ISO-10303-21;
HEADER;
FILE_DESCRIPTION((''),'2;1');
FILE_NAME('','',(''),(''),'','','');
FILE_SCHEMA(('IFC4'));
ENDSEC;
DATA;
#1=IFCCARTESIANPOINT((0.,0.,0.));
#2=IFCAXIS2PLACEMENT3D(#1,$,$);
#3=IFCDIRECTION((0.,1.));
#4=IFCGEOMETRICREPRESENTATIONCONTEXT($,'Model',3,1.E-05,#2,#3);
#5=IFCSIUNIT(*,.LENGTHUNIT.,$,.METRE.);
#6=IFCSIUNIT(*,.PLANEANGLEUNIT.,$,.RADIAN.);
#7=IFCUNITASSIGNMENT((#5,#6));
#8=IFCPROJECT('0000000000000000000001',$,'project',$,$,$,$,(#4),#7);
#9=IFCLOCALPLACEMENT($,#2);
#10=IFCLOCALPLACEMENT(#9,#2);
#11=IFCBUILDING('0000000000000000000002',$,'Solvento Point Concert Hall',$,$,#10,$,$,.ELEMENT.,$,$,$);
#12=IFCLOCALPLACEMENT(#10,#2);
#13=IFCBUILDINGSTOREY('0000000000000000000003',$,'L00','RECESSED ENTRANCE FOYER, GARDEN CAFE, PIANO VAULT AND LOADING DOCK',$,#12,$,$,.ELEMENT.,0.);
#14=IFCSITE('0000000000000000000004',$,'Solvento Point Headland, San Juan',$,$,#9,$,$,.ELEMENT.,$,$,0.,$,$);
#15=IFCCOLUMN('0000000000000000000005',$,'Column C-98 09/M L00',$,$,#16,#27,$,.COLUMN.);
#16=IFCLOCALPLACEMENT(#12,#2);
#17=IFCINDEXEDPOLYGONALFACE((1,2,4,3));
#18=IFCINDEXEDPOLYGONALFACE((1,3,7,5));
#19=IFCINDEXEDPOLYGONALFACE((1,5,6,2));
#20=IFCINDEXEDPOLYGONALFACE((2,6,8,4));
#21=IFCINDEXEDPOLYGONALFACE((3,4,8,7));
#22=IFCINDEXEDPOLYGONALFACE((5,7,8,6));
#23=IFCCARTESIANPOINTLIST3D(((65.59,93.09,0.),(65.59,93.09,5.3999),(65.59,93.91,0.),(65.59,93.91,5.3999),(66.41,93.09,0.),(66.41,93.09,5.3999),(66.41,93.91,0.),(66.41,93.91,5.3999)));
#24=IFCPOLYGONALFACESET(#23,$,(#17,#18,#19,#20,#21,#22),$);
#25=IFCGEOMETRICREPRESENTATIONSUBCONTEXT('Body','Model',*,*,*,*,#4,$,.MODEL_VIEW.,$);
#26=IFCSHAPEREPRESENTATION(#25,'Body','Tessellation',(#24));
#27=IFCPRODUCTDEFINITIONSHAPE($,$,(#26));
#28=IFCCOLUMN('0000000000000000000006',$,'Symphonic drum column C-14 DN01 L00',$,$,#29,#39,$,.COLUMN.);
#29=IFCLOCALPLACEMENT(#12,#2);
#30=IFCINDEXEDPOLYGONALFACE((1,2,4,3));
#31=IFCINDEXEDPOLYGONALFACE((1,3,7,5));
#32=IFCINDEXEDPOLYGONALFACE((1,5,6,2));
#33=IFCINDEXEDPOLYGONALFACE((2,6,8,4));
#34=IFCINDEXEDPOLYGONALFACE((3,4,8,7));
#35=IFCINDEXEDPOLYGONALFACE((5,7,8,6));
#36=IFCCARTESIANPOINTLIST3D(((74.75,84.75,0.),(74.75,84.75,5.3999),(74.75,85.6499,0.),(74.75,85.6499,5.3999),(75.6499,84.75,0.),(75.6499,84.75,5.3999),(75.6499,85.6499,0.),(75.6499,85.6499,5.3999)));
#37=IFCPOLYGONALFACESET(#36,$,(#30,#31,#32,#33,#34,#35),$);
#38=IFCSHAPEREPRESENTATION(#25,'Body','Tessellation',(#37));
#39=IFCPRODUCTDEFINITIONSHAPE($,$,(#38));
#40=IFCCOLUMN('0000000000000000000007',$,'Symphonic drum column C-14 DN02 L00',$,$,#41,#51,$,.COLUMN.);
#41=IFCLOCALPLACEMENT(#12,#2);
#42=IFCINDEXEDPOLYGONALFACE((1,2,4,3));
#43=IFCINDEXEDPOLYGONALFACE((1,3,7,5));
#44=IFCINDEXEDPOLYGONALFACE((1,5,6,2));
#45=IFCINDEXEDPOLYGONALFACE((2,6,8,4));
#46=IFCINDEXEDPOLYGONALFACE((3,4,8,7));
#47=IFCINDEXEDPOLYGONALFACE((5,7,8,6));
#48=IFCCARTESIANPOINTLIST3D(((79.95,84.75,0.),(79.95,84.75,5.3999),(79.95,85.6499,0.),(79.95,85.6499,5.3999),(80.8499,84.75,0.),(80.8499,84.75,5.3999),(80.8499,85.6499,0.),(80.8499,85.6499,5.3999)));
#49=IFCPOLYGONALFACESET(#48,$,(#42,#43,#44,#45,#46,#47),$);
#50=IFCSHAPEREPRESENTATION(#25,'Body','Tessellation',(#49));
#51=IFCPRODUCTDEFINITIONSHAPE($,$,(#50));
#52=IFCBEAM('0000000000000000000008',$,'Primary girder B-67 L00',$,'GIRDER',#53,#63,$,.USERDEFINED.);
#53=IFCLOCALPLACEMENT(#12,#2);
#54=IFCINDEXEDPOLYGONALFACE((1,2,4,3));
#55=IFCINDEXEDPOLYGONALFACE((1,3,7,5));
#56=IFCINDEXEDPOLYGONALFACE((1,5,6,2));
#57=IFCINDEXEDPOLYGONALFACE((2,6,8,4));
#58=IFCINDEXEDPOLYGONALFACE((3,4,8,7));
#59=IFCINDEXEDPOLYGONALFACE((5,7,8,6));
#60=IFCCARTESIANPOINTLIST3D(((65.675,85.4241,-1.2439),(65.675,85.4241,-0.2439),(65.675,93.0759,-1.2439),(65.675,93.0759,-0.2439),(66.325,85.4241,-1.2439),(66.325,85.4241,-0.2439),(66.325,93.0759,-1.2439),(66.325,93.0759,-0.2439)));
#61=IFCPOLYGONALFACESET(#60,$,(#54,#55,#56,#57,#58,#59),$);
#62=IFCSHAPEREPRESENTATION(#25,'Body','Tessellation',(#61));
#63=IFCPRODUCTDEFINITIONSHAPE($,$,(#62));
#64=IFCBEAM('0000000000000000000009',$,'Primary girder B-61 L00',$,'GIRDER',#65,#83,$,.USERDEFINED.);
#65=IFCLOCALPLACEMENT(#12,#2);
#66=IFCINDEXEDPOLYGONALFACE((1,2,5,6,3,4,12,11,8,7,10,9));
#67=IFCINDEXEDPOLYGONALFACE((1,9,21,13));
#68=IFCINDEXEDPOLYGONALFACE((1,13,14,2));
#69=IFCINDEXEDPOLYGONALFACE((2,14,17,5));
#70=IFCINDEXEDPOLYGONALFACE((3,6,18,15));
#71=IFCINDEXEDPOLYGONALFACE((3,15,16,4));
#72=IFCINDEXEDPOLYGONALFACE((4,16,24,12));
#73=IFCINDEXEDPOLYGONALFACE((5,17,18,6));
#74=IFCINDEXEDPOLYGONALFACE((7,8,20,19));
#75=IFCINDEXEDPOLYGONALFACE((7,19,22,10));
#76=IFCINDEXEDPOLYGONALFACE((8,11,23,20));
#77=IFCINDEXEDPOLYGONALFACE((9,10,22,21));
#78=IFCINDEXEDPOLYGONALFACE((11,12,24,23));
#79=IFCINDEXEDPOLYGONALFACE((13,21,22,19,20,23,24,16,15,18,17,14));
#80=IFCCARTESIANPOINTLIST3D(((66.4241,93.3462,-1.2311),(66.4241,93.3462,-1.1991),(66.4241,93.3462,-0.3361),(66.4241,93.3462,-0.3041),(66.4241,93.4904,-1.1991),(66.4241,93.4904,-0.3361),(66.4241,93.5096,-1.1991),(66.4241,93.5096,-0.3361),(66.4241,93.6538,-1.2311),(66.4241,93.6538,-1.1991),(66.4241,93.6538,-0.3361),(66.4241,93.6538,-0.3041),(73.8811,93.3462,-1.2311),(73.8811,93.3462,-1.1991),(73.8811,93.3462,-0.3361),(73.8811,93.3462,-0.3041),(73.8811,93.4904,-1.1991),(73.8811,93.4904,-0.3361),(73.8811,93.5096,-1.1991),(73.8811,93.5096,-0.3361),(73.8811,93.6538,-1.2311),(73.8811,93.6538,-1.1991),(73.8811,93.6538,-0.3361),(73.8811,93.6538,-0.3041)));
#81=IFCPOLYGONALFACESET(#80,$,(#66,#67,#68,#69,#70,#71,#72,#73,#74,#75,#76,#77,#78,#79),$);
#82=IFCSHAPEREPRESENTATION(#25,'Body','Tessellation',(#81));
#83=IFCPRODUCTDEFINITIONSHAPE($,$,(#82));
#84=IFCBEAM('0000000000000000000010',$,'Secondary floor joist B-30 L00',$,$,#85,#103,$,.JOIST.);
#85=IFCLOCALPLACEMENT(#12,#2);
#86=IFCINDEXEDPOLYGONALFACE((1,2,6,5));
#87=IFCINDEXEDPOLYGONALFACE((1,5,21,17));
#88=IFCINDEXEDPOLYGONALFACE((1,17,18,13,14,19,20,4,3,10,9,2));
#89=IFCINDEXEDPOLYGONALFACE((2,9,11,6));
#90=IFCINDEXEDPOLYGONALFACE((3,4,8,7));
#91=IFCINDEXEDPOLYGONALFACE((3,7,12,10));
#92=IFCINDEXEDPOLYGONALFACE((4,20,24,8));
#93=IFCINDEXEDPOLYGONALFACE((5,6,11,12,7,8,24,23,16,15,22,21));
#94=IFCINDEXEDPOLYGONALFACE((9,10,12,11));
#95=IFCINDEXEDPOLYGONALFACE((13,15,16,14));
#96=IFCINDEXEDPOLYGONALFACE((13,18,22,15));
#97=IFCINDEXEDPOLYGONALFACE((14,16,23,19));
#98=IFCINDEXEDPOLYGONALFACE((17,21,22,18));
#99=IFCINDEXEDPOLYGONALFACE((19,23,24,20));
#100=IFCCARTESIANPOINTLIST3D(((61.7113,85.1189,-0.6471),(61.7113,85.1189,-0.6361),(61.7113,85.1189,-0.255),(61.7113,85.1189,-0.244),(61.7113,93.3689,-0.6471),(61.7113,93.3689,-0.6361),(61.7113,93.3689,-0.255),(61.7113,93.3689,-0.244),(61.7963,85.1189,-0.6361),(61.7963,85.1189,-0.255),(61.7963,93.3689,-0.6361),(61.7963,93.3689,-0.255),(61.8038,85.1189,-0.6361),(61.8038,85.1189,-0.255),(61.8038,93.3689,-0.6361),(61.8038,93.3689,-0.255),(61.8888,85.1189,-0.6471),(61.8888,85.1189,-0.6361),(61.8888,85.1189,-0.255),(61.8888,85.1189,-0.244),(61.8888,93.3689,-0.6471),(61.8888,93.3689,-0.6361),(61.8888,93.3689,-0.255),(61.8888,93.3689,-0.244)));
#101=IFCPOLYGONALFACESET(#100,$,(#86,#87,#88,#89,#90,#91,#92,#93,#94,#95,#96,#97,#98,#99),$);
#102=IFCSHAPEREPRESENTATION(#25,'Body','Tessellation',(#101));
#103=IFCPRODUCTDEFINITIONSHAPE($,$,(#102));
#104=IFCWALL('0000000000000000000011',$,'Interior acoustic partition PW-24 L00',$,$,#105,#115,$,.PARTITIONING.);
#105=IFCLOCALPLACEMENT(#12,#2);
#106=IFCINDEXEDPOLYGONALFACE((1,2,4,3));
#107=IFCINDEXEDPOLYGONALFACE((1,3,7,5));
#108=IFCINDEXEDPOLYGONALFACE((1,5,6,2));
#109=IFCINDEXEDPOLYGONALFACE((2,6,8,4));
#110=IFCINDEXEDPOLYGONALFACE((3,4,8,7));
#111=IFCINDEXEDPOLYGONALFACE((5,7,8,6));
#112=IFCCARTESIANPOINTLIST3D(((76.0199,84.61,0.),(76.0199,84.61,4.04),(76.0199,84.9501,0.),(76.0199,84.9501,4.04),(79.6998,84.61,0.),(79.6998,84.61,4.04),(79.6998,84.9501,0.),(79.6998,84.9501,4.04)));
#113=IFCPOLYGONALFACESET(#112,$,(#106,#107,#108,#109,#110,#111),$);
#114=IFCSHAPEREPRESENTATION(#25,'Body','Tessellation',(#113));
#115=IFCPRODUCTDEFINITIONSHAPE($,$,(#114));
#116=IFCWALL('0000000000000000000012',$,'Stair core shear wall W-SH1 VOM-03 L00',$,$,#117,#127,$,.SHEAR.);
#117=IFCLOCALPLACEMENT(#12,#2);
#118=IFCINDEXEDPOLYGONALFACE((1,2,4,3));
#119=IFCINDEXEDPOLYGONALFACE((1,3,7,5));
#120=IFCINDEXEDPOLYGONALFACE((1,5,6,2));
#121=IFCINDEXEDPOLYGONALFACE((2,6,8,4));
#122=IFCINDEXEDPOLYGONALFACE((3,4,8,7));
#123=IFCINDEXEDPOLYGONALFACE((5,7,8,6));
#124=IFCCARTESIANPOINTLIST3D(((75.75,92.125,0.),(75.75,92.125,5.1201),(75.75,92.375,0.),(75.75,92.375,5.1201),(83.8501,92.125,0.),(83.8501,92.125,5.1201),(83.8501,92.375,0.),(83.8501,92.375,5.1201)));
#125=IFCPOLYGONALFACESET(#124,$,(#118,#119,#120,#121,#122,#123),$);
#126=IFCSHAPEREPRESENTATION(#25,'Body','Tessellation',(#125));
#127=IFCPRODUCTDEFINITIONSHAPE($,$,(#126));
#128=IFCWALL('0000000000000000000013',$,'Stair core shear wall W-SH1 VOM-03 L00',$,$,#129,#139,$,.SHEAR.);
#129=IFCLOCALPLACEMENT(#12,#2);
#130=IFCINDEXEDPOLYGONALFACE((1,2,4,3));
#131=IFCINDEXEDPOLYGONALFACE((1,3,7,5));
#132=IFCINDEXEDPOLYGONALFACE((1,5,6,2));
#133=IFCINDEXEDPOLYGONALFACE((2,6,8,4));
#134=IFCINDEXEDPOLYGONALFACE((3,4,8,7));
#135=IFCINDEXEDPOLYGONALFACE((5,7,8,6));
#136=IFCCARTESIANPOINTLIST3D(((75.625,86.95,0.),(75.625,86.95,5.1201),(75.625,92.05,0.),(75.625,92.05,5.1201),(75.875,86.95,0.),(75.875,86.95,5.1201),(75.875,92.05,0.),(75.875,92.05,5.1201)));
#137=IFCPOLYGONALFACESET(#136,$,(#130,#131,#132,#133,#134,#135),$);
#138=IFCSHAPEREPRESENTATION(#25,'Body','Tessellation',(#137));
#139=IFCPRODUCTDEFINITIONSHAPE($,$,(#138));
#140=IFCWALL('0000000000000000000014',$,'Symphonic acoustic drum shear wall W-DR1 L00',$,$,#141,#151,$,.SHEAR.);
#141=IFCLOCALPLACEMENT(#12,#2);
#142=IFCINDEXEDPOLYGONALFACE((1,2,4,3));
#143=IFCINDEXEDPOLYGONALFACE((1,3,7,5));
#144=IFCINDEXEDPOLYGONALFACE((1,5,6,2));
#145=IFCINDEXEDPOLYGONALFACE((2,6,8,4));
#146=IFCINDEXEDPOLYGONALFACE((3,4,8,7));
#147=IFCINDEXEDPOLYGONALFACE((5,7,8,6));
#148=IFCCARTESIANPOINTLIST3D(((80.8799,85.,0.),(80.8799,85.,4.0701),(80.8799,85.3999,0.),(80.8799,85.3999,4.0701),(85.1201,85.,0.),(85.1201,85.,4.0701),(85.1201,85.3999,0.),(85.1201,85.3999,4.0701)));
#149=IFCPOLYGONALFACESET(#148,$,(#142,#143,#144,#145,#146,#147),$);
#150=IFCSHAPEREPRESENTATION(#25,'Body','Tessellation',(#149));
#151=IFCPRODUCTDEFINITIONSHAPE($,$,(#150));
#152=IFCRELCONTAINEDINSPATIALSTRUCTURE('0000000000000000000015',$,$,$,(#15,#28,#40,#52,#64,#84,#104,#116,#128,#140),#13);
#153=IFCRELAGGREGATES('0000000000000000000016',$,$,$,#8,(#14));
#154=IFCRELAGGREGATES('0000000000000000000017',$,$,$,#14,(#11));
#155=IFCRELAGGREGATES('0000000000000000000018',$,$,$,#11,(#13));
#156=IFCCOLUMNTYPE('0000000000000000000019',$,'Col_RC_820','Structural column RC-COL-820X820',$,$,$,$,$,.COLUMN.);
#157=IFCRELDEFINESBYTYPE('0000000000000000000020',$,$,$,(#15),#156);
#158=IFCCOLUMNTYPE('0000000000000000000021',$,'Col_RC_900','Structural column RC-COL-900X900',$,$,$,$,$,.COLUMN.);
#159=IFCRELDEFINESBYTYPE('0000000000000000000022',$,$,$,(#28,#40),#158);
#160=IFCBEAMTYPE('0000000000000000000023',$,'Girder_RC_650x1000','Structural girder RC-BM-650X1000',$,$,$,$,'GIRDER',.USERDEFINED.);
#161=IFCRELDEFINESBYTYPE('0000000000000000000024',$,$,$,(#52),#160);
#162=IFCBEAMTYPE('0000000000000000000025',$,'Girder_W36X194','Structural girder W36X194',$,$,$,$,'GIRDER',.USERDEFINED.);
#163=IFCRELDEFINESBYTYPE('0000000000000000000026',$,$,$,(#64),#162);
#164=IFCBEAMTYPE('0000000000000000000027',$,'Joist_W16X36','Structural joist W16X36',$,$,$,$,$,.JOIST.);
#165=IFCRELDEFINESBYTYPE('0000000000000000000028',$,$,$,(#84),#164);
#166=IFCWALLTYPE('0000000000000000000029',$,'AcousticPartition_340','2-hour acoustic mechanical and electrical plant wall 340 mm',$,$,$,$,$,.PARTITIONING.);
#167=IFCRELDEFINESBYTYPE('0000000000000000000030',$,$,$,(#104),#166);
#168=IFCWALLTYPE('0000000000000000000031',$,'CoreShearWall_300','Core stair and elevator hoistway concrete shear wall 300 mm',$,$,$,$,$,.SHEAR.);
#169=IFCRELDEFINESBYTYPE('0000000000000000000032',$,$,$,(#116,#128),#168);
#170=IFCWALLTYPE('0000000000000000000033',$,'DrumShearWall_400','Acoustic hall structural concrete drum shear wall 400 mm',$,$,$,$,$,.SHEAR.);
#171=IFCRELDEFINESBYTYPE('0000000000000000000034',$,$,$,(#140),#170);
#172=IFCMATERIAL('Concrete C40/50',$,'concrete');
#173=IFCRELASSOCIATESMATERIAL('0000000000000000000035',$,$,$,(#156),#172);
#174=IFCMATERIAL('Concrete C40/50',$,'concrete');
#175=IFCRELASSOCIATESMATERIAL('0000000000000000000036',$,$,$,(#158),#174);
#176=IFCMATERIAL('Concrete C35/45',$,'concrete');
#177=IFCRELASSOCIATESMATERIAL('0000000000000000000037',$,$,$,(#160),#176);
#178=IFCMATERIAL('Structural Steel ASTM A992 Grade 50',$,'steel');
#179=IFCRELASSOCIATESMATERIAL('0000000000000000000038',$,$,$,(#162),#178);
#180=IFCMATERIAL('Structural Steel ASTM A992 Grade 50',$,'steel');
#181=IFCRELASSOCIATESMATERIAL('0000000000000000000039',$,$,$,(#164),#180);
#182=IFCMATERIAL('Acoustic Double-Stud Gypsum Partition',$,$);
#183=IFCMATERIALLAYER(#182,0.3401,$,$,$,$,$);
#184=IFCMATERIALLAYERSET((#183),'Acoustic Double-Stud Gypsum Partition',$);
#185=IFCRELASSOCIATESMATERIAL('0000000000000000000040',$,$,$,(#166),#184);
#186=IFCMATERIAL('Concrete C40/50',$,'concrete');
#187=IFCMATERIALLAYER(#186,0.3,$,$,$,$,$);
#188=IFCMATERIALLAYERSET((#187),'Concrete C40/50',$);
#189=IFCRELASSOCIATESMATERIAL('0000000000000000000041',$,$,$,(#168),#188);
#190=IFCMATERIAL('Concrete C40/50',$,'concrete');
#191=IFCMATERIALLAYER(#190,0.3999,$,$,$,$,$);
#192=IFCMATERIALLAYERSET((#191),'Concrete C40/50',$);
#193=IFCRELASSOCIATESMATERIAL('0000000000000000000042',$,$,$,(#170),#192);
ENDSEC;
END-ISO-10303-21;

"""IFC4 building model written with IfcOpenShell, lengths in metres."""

from ifc_helpers import new_model, si_unit, direction, frame, frame_2d, origin, origin_2d, place, context, subcontext, project, spatial, rectangle, i_section, extrude, material, layer, layer_set, material_profile, profile_set, type_object, element, save


model = new_model("IFC4")

# Units and contexts
model_context = context("Model", 3, precision=1e-05, world=origin(), true_north=direction((0.0, 1.0)))
body_context = subcontext(model_context, "Body", "Model", "MODEL_VIEW")
ifc_project = project(units=[si_unit("LENGTHUNIT", "METRE"), si_unit("PLANEANGLEUNIT", "RADIAN")], contexts=[model_context])

# Site, building, storey
site_placement = place(None, origin())
site = spatial("IfcSite", under=ifc_project, at=site_placement, Name="Solvento Point Headland, San Juan", CompositionType="ELEMENT", RefElevation=0.0)
building_placement = place(site_placement, origin())
building = spatial("IfcBuilding", under=site, at=building_placement, Name="Solvento Point Concert Hall", CompositionType="ELEMENT")
storey_placement = place(building_placement, origin())
storey = spatial("IfcBuildingStorey", under=building, at=storey_placement, Name="L00", Description="RECESSED ENTRANCE FOYER, GARDEN CAFE, PIANO VAULT AND LOADING DOCK", CompositionType="ELEMENT", Elevation=0.0)

# Columns
ifc_material_1 = material(Name="Concrete C40/50", Category="concrete")
ifc_material_profile_1 = material_profile(ifc_material_1, rectangle(XDim=0.8201, YDim=0.8201, at=origin_2d()), Name="RC-COL-820X820")
ifc_profile_set_1 = profile_set([ifc_material_profile_1], Name="Concrete C40/50")
column_type_1 = type_object("IfcColumnType", Name="Col_RC_820", Description="Structural column RC-COL-820X820", PredefinedType="COLUMN", material=ifc_profile_set_1)
column_placement = place(storey_placement, frame((66.0, 93.5, 0.0), z_axis=(0.0, 0.0, 1.0), x_axis=(1.0, 0.0, 0.0)))
element("IfcColumn", 1, at=column_placement, inside=storey, type_object=column_type_1, Name="Column C-98 09/M L00", PredefinedType="COLUMN", context=body_context, shape_type="SweptSolid", body=[
    extrude(rectangle(XDim=0.8201, YDim=0.8201, at=origin_2d()), origin(), (0.0, 0.0, 1.0), 5.3999),
])
ifc_material_2 = material(Name="Concrete C40/50", Category="concrete")
ifc_material_profile_2 = material_profile(ifc_material_2, rectangle(XDim=0.8999, YDim=0.8999, at=origin_2d()), Name="RC-COL-900X900")
ifc_profile_set_2 = profile_set([ifc_material_profile_2], Name="Concrete C40/50")
column_type_2 = type_object("IfcColumnType", Name="Col_RC_900", Description="Structural column RC-COL-900X900", PredefinedType="COLUMN", material=ifc_profile_set_2)
for number, where, z_axis, x_axis, name in (
    (2, (75.2, 85.2, 0.0), (0.0, 0.0, 1.0), (1.0, 0.0, 0.0), "Symphonic drum column C-14 DN01 L00"),
    (3, (80.3999, 85.2, 0.0), (0.0, 0.0, 1.0), (1.0, 0.0, 0.0), "Symphonic drum column C-14 DN02 L00"),
):
    element("IfcColumn", number, at=place(storey_placement, frame(where, z_axis=z_axis, x_axis=x_axis)), inside=storey, type_object=column_type_2, Name=name, PredefinedType="COLUMN", context=body_context, shape_type="SweptSolid", body=[
        extrude(rectangle(XDim=0.8999, YDim=0.8999, at=origin_2d()), origin(), (0.0, 0.0, 1.0), 5.3999),
    ])

# Beams
ifc_material_3 = material(Name="Concrete C35/45", Category="concrete")
ifc_material_profile_3 = material_profile(ifc_material_3, rectangle(XDim=0.6499, YDim=1.0, at=origin_2d()), Name="RC-BM-650X1000")
ifc_profile_set_3 = profile_set([ifc_material_profile_3], Name="Concrete C35/45")
beam_type_1 = type_object("IfcBeamType", Name="Girder_RC_650x1000", Description="Structural girder RC-BM-650X1000", ElementType="GIRDER", PredefinedType="USERDEFINED", material=ifc_profile_set_3)
beam_1_placement = place(storey_placement, frame((66.0, 85.4241, -0.7439), z_axis=(0.0, 1.0, 0.0), x_axis=(-1.0, 0.0, 0.0)))
element("IfcBeam", 4, at=beam_1_placement, inside=storey, type_object=beam_type_1, Name="Primary girder B-67 L00", ObjectType="GIRDER", PredefinedType="USERDEFINED", context=body_context, shape_type="SweptSolid", body=[
    extrude(rectangle(XDim=0.6499, YDim=1.0, at=origin_2d()), origin(), (0.0, 0.0, 1.0), 7.6519),
])
ifc_material_4 = material(Name="Structural Steel ASTM A992 Grade 50", Category="steel")
ifc_material_profile_4 = material_profile(ifc_material_4, i_section(OverallWidth=0.3076, OverallDepth=0.927, WebThickness=0.0193, FlangeThickness=0.032, at=origin_2d()), Name="W36X194")
ifc_profile_set_4 = profile_set([ifc_material_profile_4], Name="Structural Steel ASTM A992 Grade 50")
beam_type_2 = type_object("IfcBeamType", Name="Girder_W36X194", Description="Structural girder W36X194", ElementType="GIRDER", PredefinedType="USERDEFINED", material=ifc_profile_set_4)
beam_2_placement = place(storey_placement, frame((66.4241, 93.5, -0.7676), z_axis=(1.0, 0.0, 0.0), x_axis=(0.0, 1.0, 0.0)))
element("IfcBeam", 5, at=beam_2_placement, inside=storey, type_object=beam_type_2, Name="Primary girder B-61 L00", ObjectType="GIRDER", PredefinedType="USERDEFINED", context=body_context, shape_type="SweptSolid", body=[
    extrude(i_section(OverallWidth=0.3076, OverallDepth=0.927, WebThickness=0.0193, FlangeThickness=0.032, at=origin_2d()), origin(), (0.0, 0.0, 1.0), 7.457),
])
ifc_material_5 = material(Name="Structural Steel ASTM A992 Grade 50", Category="steel")
ifc_material_profile_5 = material_profile(ifc_material_5, i_section(OverallWidth=0.1775, OverallDepth=0.4031, WebThickness=0.0076, FlangeThickness=0.011, at=origin_2d()), Name="W16X36")
ifc_profile_set_5 = profile_set([ifc_material_profile_5], Name="Structural Steel ASTM A992 Grade 50")
beam_type_3 = type_object("IfcBeamType", Name="Joist_W16X36", Description="Structural joist W16X36", PredefinedType="JOIST", material=ifc_profile_set_5)
beam_3_placement = place(storey_placement, frame((61.8, 85.1189, -0.4456), z_axis=(0.0, 1.0, 0.0), x_axis=(-1.0, 0.0, 0.0)))
element("IfcBeam", 6, at=beam_3_placement, inside=storey, type_object=beam_type_3, Name="Secondary floor joist B-30 L00", PredefinedType="JOIST", context=body_context, shape_type="SweptSolid", body=[
    extrude(i_section(OverallWidth=0.1775, OverallDepth=0.4031, WebThickness=0.0076, FlangeThickness=0.011, at=origin_2d()), origin(), (0.0, 0.0, 1.0), 8.25),
])

# Walls
ifc_material_6 = material(Name="Acoustic Double-Stud Gypsum Partition")
ifc_layer_1 = layer(ifc_material_6, 0.3401)
ifc_layer_set_1 = layer_set([ifc_layer_1], Name="Acoustic Double-Stud Gypsum Partition")
wall_type_1 = type_object("IfcWallType", Name="AcousticPartition_340", Description="2-hour acoustic mechanical and electrical plant wall 340 mm", PredefinedType="PARTITIONING", material=ifc_layer_set_1)
wall_1_placement = place(storey_placement, frame((76.02, 84.78, 0.0), z_axis=(0.0, 0.0, 1.0), x_axis=(1.0, 0.0, 0.0)))
element("IfcWall", 7, at=wall_1_placement, inside=storey, type_object=wall_type_1, Name="Interior acoustic partition PW-24 L00", PredefinedType="PARTITIONING", context=body_context, shape_type="SweptSolid", body=[
    extrude(rectangle(XDim=3.6799, YDim=0.3401, at=frame_2d((1.8398, 0.0))), origin(), (0.0, 0.0, 1.0), 4.04),
])
ifc_material_7 = material(Name="Concrete C40/50", Category="concrete")
ifc_layer_2 = layer(ifc_material_7, 0.3)
ifc_layer_set_2 = layer_set([ifc_layer_2], Name="Concrete C40/50")
wall_type_2 = type_object("IfcWallType", Name="CoreShearWall_300", Description="Core stair and elevator hoistway concrete shear wall 300 mm", PredefinedType="SHEAR", material=ifc_layer_set_2)
wall_2_placement = place(storey_placement, frame((75.75, 92.25, 0.0), z_axis=(0.0, 0.0, 1.0), x_axis=(1.0, 0.0, 0.0)))
element("IfcWall", 8, at=wall_2_placement, inside=storey, type_object=wall_type_2, Name="Stair core shear wall W-SH1 VOM-03 L00", PredefinedType="SHEAR", context=body_context, shape_type="SweptSolid", body=[
    extrude(rectangle(XDim=8.1001, YDim=0.25, at=frame_2d((4.05, 0.0))), origin(), (0.0, 0.0, 1.0), 5.1201),
])
wall_3_placement = place(storey_placement, frame((75.75, 86.95, 0.0), z_axis=(0.0, 0.0, 1.0), x_axis=(0.0, 1.0, 0.0)))
element("IfcWall", 9, at=wall_3_placement, inside=storey, type_object=wall_type_2, Name="Stair core shear wall W-SH1 VOM-03 L00", PredefinedType="SHEAR", context=body_context, shape_type="SweptSolid", body=[
    extrude(rectangle(XDim=5.1001, YDim=0.25, at=frame_2d((2.55, 0.0))), origin(), (0.0, 0.0, 1.0), 5.1201),
])
ifc_material_8 = material(Name="Concrete C40/50", Category="concrete")
ifc_layer_3 = layer(ifc_material_8, 0.3999)
ifc_layer_set_3 = layer_set([ifc_layer_3], Name="Concrete C40/50")
wall_type_3 = type_object("IfcWallType", Name="DrumShearWall_400", Description="Acoustic hall structural concrete drum shear wall 400 mm", PredefinedType="SHEAR", material=ifc_layer_set_3)
wall_4_placement = place(storey_placement, frame((80.8799, 85.2, 0.0), z_axis=(0.0, 0.0, 1.0), x_axis=(1.0, 0.0, 0.0)))
element("IfcWall", 10, at=wall_4_placement, inside=storey, type_object=wall_type_3, Name="Symphonic acoustic drum shear wall W-DR1 L00", PredefinedType="SHEAR", context=body_context, shape_type="SweptSolid", body=[
    extrude(rectangle(XDim=4.2402, YDim=0.3999, at=frame_2d((2.1201, 0.0))), origin(), (0.0, 0.0, 1.0), 4.0701),
])

save(model, "model.ifc")
